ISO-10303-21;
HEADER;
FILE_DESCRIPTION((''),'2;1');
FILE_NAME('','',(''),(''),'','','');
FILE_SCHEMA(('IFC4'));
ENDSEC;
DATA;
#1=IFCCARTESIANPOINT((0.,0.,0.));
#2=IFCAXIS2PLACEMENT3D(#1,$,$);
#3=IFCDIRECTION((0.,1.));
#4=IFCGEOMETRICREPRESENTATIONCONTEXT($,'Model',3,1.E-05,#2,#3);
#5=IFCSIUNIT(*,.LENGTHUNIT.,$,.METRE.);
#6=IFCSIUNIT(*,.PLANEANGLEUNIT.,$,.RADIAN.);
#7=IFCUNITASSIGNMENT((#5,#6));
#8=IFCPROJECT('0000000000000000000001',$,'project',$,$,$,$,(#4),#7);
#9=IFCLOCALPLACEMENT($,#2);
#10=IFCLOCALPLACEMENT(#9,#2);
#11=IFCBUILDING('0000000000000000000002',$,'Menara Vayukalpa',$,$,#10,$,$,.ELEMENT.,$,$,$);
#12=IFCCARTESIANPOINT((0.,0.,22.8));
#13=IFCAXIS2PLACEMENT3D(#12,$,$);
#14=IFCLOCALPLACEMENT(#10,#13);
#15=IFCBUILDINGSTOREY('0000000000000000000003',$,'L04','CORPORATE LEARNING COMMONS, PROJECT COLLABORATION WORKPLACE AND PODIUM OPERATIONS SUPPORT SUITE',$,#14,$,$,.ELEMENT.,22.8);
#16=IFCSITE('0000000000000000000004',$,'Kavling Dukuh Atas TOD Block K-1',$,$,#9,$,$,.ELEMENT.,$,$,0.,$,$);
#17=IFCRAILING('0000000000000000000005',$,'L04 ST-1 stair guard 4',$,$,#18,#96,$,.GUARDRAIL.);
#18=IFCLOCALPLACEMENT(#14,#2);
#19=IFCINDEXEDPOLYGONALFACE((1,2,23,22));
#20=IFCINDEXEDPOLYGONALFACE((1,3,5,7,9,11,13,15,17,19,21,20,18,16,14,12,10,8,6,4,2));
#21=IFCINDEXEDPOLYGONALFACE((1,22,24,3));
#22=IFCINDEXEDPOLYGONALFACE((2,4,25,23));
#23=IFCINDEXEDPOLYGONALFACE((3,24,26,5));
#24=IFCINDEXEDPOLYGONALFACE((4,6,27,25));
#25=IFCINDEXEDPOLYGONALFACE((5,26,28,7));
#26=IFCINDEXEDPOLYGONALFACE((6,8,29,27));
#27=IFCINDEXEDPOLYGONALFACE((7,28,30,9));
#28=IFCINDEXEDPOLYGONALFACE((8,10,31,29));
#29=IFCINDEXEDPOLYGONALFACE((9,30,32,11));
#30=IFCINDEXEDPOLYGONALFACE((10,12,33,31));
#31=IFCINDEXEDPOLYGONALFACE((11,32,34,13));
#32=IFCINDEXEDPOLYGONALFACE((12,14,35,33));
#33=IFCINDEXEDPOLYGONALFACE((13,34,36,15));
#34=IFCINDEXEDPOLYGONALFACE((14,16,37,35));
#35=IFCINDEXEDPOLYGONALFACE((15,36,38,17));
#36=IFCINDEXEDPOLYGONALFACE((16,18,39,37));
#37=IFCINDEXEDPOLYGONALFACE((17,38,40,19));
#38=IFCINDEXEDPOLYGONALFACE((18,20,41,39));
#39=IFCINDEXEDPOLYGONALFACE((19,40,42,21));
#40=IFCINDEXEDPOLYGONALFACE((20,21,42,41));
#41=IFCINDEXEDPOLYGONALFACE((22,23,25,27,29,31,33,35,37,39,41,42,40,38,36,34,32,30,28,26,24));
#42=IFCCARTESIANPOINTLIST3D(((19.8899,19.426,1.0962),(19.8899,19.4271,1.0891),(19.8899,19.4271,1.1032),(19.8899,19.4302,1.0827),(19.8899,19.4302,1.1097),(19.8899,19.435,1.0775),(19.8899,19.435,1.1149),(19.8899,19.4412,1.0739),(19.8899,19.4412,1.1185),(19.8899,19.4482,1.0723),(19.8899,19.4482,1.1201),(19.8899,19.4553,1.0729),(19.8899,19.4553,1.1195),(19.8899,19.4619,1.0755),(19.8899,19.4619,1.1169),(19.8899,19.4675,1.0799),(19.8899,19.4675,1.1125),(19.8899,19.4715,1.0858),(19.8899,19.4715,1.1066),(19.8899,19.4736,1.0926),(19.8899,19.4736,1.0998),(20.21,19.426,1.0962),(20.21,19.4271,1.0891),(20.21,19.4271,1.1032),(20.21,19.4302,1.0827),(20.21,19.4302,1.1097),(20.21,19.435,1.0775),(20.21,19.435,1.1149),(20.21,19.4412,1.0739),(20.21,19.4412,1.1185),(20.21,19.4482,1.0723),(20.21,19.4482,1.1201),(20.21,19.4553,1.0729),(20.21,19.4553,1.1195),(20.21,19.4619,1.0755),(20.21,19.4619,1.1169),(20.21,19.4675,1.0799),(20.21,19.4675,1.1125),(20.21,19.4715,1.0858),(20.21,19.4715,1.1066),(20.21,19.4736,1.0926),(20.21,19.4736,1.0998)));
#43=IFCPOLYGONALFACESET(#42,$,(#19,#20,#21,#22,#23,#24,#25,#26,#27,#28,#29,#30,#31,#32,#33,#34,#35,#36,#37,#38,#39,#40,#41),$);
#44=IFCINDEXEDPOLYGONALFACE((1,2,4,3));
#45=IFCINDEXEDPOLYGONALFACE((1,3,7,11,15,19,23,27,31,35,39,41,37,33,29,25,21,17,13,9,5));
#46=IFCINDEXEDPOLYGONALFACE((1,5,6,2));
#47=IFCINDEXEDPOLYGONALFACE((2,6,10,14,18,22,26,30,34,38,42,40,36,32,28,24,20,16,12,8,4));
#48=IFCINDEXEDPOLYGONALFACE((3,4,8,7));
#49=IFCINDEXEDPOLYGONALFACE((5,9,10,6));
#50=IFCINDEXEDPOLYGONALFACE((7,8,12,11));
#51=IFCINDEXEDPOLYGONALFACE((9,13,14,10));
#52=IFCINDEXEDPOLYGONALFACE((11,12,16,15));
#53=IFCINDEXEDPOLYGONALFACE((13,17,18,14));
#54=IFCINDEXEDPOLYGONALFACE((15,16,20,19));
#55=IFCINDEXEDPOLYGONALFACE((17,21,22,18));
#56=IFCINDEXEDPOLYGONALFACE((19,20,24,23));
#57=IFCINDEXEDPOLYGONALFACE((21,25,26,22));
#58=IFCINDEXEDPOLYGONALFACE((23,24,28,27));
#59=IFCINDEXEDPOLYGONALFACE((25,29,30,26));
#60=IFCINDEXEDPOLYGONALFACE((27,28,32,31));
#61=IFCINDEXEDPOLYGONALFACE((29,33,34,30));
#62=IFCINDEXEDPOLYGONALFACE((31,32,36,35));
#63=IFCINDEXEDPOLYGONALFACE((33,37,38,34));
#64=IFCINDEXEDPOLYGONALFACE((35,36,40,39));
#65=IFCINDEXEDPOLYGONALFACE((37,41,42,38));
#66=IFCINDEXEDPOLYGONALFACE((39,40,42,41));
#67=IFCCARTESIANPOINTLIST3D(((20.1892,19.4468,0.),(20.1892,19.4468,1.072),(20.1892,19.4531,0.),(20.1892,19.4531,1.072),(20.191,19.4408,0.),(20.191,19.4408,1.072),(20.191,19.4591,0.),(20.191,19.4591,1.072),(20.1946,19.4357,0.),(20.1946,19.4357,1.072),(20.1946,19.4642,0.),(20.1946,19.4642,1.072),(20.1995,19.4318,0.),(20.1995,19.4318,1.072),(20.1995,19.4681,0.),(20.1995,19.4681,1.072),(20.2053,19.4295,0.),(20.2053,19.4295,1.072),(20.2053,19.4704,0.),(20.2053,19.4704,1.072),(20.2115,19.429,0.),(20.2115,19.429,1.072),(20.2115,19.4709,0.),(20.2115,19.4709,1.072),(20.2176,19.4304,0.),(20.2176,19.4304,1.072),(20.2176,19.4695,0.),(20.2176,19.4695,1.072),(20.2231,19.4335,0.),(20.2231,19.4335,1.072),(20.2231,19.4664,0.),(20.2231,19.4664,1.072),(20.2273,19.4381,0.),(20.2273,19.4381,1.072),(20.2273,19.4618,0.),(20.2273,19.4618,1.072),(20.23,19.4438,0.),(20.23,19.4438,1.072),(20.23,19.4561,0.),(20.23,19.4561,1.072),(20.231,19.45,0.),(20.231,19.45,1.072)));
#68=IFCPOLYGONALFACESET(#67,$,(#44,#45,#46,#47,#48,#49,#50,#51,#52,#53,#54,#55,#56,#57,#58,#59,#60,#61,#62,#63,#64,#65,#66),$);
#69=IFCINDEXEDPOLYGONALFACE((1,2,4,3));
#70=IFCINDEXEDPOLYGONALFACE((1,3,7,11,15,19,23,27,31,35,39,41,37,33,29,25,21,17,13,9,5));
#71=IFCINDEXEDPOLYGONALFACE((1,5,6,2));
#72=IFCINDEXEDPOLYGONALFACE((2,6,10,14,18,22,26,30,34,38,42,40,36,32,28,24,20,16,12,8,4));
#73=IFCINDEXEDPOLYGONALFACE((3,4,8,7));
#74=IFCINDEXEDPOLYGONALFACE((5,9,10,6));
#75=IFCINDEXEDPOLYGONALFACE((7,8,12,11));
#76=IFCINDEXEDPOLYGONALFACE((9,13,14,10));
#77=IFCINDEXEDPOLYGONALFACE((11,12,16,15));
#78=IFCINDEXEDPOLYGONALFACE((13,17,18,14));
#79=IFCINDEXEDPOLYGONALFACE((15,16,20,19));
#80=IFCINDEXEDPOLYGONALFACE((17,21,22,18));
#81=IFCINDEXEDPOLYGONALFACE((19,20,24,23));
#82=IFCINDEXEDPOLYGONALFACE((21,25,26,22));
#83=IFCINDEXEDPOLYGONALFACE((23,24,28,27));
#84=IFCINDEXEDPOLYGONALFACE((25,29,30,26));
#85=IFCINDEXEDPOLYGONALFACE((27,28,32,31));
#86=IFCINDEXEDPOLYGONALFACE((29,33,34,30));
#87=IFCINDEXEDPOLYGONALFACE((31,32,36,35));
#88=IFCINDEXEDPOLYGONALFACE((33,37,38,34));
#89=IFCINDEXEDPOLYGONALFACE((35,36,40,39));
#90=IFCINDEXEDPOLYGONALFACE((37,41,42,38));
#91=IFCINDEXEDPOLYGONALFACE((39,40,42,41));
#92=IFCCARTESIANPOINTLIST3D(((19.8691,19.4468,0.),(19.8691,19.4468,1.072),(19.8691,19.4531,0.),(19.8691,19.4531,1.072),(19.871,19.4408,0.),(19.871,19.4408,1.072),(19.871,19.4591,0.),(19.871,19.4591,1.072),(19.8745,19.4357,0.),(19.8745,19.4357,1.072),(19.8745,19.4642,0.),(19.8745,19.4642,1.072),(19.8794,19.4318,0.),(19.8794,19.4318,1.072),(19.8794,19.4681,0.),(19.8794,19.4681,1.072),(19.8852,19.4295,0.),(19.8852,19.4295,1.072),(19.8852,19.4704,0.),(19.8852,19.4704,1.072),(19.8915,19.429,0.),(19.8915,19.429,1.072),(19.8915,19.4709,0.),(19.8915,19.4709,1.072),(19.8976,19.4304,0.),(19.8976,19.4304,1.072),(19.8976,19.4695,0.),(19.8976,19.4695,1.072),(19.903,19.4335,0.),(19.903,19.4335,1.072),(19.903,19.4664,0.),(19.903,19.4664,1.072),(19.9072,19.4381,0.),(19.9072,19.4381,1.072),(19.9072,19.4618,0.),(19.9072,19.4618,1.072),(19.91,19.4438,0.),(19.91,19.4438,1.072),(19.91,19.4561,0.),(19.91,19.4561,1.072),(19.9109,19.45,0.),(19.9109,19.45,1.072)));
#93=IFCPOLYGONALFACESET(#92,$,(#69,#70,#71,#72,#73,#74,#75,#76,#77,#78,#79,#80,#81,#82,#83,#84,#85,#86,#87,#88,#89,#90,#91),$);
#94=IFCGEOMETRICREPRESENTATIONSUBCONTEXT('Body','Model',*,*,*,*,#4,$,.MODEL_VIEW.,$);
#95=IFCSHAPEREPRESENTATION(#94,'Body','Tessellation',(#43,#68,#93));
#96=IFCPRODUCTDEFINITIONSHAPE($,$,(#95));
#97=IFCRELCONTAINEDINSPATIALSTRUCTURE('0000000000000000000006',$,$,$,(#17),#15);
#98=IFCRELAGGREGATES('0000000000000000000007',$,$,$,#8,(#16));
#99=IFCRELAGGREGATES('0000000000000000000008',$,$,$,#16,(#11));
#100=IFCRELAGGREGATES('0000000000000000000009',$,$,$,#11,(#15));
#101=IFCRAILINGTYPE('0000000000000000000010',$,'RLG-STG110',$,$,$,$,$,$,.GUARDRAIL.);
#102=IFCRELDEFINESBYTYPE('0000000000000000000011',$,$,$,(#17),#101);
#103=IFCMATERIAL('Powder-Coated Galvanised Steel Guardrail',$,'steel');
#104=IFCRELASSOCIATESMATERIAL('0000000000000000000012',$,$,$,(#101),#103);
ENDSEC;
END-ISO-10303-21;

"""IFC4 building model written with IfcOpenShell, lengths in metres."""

from ifc_helpers import new_model, si_unit, direction, frame, origin, origin_2d, place, context, subcontext, project, spatial, circle, extrude, material, type_object, element, save


model = new_model("IFC4")

# Units and contexts
model_context = context("Model", 3, precision=1e-05, world=origin(), true_north=direction((0.0, 1.0)))
body_context = subcontext(model_context, "Body", "Model", "MODEL_VIEW")
ifc_project = project(units=[si_unit("LENGTHUNIT", "METRE"), si_unit("PLANEANGLEUNIT", "RADIAN")], contexts=[model_context])

# Site, building, storey
site_placement = place(None, origin())
site = spatial("IfcSite", under=ifc_project, at=site_placement, Name="Kavling Dukuh Atas TOD Block K-1", CompositionType="ELEMENT", RefElevation=0.0)
building_placement = place(site_placement, origin())
building = spatial("IfcBuilding", under=site, at=building_placement, Name="Menara Vayukalpa", CompositionType="ELEMENT")
storey_placement = place(building_placement, frame((0.0, 0.0, 22.8)))
storey = spatial("IfcBuildingStorey", under=building, at=storey_placement, Name="L04", Description="CORPORATE LEARNING COMMONS, PROJECT COLLABORATION WORKPLACE AND PODIUM OPERATIONS SUPPORT SUITE", CompositionType="ELEMENT", Elevation=22.8)

# Railing
ifc_material_1 = material(Name="Powder-Coated Galvanised Steel Guardrail", Category="steel")
railing_type = type_object("IfcRailingType", Name="RLG-STG110", PredefinedType="GUARDRAIL", material=ifc_material_1)
railing_1_placement = place(storey_placement, frame((20.21, 19.45, 0.0)))
element("IfcRailing", 1, at=railing_1_placement, inside=storey, type_object=railing_type, Name="L04 ST-1 stair guard 4", PredefinedType="GUARDRAIL", context=body_context, shape_type="SweptSolid", body=[
    extrude(circle(Radius=0.0239, at=origin_2d()), frame((0.0, 0.0, 1.0962), z_axis=(-1.0, 0.0, 0.0), x_axis=(0.0, -1.0, 0.0)), (0.0, 0.0, 1.0), 0.3201),
    extrude(circle(Radius=0.021, at=origin_2d()), origin(), (0.0, 0.0, 1.0), 1.072),
    extrude(circle(Radius=0.021, at=origin_2d()), frame((-0.3201, 0.0, 0.0)), (0.0, 0.0, 1.0), 1.072),
])

save(model, "model.ifc")
